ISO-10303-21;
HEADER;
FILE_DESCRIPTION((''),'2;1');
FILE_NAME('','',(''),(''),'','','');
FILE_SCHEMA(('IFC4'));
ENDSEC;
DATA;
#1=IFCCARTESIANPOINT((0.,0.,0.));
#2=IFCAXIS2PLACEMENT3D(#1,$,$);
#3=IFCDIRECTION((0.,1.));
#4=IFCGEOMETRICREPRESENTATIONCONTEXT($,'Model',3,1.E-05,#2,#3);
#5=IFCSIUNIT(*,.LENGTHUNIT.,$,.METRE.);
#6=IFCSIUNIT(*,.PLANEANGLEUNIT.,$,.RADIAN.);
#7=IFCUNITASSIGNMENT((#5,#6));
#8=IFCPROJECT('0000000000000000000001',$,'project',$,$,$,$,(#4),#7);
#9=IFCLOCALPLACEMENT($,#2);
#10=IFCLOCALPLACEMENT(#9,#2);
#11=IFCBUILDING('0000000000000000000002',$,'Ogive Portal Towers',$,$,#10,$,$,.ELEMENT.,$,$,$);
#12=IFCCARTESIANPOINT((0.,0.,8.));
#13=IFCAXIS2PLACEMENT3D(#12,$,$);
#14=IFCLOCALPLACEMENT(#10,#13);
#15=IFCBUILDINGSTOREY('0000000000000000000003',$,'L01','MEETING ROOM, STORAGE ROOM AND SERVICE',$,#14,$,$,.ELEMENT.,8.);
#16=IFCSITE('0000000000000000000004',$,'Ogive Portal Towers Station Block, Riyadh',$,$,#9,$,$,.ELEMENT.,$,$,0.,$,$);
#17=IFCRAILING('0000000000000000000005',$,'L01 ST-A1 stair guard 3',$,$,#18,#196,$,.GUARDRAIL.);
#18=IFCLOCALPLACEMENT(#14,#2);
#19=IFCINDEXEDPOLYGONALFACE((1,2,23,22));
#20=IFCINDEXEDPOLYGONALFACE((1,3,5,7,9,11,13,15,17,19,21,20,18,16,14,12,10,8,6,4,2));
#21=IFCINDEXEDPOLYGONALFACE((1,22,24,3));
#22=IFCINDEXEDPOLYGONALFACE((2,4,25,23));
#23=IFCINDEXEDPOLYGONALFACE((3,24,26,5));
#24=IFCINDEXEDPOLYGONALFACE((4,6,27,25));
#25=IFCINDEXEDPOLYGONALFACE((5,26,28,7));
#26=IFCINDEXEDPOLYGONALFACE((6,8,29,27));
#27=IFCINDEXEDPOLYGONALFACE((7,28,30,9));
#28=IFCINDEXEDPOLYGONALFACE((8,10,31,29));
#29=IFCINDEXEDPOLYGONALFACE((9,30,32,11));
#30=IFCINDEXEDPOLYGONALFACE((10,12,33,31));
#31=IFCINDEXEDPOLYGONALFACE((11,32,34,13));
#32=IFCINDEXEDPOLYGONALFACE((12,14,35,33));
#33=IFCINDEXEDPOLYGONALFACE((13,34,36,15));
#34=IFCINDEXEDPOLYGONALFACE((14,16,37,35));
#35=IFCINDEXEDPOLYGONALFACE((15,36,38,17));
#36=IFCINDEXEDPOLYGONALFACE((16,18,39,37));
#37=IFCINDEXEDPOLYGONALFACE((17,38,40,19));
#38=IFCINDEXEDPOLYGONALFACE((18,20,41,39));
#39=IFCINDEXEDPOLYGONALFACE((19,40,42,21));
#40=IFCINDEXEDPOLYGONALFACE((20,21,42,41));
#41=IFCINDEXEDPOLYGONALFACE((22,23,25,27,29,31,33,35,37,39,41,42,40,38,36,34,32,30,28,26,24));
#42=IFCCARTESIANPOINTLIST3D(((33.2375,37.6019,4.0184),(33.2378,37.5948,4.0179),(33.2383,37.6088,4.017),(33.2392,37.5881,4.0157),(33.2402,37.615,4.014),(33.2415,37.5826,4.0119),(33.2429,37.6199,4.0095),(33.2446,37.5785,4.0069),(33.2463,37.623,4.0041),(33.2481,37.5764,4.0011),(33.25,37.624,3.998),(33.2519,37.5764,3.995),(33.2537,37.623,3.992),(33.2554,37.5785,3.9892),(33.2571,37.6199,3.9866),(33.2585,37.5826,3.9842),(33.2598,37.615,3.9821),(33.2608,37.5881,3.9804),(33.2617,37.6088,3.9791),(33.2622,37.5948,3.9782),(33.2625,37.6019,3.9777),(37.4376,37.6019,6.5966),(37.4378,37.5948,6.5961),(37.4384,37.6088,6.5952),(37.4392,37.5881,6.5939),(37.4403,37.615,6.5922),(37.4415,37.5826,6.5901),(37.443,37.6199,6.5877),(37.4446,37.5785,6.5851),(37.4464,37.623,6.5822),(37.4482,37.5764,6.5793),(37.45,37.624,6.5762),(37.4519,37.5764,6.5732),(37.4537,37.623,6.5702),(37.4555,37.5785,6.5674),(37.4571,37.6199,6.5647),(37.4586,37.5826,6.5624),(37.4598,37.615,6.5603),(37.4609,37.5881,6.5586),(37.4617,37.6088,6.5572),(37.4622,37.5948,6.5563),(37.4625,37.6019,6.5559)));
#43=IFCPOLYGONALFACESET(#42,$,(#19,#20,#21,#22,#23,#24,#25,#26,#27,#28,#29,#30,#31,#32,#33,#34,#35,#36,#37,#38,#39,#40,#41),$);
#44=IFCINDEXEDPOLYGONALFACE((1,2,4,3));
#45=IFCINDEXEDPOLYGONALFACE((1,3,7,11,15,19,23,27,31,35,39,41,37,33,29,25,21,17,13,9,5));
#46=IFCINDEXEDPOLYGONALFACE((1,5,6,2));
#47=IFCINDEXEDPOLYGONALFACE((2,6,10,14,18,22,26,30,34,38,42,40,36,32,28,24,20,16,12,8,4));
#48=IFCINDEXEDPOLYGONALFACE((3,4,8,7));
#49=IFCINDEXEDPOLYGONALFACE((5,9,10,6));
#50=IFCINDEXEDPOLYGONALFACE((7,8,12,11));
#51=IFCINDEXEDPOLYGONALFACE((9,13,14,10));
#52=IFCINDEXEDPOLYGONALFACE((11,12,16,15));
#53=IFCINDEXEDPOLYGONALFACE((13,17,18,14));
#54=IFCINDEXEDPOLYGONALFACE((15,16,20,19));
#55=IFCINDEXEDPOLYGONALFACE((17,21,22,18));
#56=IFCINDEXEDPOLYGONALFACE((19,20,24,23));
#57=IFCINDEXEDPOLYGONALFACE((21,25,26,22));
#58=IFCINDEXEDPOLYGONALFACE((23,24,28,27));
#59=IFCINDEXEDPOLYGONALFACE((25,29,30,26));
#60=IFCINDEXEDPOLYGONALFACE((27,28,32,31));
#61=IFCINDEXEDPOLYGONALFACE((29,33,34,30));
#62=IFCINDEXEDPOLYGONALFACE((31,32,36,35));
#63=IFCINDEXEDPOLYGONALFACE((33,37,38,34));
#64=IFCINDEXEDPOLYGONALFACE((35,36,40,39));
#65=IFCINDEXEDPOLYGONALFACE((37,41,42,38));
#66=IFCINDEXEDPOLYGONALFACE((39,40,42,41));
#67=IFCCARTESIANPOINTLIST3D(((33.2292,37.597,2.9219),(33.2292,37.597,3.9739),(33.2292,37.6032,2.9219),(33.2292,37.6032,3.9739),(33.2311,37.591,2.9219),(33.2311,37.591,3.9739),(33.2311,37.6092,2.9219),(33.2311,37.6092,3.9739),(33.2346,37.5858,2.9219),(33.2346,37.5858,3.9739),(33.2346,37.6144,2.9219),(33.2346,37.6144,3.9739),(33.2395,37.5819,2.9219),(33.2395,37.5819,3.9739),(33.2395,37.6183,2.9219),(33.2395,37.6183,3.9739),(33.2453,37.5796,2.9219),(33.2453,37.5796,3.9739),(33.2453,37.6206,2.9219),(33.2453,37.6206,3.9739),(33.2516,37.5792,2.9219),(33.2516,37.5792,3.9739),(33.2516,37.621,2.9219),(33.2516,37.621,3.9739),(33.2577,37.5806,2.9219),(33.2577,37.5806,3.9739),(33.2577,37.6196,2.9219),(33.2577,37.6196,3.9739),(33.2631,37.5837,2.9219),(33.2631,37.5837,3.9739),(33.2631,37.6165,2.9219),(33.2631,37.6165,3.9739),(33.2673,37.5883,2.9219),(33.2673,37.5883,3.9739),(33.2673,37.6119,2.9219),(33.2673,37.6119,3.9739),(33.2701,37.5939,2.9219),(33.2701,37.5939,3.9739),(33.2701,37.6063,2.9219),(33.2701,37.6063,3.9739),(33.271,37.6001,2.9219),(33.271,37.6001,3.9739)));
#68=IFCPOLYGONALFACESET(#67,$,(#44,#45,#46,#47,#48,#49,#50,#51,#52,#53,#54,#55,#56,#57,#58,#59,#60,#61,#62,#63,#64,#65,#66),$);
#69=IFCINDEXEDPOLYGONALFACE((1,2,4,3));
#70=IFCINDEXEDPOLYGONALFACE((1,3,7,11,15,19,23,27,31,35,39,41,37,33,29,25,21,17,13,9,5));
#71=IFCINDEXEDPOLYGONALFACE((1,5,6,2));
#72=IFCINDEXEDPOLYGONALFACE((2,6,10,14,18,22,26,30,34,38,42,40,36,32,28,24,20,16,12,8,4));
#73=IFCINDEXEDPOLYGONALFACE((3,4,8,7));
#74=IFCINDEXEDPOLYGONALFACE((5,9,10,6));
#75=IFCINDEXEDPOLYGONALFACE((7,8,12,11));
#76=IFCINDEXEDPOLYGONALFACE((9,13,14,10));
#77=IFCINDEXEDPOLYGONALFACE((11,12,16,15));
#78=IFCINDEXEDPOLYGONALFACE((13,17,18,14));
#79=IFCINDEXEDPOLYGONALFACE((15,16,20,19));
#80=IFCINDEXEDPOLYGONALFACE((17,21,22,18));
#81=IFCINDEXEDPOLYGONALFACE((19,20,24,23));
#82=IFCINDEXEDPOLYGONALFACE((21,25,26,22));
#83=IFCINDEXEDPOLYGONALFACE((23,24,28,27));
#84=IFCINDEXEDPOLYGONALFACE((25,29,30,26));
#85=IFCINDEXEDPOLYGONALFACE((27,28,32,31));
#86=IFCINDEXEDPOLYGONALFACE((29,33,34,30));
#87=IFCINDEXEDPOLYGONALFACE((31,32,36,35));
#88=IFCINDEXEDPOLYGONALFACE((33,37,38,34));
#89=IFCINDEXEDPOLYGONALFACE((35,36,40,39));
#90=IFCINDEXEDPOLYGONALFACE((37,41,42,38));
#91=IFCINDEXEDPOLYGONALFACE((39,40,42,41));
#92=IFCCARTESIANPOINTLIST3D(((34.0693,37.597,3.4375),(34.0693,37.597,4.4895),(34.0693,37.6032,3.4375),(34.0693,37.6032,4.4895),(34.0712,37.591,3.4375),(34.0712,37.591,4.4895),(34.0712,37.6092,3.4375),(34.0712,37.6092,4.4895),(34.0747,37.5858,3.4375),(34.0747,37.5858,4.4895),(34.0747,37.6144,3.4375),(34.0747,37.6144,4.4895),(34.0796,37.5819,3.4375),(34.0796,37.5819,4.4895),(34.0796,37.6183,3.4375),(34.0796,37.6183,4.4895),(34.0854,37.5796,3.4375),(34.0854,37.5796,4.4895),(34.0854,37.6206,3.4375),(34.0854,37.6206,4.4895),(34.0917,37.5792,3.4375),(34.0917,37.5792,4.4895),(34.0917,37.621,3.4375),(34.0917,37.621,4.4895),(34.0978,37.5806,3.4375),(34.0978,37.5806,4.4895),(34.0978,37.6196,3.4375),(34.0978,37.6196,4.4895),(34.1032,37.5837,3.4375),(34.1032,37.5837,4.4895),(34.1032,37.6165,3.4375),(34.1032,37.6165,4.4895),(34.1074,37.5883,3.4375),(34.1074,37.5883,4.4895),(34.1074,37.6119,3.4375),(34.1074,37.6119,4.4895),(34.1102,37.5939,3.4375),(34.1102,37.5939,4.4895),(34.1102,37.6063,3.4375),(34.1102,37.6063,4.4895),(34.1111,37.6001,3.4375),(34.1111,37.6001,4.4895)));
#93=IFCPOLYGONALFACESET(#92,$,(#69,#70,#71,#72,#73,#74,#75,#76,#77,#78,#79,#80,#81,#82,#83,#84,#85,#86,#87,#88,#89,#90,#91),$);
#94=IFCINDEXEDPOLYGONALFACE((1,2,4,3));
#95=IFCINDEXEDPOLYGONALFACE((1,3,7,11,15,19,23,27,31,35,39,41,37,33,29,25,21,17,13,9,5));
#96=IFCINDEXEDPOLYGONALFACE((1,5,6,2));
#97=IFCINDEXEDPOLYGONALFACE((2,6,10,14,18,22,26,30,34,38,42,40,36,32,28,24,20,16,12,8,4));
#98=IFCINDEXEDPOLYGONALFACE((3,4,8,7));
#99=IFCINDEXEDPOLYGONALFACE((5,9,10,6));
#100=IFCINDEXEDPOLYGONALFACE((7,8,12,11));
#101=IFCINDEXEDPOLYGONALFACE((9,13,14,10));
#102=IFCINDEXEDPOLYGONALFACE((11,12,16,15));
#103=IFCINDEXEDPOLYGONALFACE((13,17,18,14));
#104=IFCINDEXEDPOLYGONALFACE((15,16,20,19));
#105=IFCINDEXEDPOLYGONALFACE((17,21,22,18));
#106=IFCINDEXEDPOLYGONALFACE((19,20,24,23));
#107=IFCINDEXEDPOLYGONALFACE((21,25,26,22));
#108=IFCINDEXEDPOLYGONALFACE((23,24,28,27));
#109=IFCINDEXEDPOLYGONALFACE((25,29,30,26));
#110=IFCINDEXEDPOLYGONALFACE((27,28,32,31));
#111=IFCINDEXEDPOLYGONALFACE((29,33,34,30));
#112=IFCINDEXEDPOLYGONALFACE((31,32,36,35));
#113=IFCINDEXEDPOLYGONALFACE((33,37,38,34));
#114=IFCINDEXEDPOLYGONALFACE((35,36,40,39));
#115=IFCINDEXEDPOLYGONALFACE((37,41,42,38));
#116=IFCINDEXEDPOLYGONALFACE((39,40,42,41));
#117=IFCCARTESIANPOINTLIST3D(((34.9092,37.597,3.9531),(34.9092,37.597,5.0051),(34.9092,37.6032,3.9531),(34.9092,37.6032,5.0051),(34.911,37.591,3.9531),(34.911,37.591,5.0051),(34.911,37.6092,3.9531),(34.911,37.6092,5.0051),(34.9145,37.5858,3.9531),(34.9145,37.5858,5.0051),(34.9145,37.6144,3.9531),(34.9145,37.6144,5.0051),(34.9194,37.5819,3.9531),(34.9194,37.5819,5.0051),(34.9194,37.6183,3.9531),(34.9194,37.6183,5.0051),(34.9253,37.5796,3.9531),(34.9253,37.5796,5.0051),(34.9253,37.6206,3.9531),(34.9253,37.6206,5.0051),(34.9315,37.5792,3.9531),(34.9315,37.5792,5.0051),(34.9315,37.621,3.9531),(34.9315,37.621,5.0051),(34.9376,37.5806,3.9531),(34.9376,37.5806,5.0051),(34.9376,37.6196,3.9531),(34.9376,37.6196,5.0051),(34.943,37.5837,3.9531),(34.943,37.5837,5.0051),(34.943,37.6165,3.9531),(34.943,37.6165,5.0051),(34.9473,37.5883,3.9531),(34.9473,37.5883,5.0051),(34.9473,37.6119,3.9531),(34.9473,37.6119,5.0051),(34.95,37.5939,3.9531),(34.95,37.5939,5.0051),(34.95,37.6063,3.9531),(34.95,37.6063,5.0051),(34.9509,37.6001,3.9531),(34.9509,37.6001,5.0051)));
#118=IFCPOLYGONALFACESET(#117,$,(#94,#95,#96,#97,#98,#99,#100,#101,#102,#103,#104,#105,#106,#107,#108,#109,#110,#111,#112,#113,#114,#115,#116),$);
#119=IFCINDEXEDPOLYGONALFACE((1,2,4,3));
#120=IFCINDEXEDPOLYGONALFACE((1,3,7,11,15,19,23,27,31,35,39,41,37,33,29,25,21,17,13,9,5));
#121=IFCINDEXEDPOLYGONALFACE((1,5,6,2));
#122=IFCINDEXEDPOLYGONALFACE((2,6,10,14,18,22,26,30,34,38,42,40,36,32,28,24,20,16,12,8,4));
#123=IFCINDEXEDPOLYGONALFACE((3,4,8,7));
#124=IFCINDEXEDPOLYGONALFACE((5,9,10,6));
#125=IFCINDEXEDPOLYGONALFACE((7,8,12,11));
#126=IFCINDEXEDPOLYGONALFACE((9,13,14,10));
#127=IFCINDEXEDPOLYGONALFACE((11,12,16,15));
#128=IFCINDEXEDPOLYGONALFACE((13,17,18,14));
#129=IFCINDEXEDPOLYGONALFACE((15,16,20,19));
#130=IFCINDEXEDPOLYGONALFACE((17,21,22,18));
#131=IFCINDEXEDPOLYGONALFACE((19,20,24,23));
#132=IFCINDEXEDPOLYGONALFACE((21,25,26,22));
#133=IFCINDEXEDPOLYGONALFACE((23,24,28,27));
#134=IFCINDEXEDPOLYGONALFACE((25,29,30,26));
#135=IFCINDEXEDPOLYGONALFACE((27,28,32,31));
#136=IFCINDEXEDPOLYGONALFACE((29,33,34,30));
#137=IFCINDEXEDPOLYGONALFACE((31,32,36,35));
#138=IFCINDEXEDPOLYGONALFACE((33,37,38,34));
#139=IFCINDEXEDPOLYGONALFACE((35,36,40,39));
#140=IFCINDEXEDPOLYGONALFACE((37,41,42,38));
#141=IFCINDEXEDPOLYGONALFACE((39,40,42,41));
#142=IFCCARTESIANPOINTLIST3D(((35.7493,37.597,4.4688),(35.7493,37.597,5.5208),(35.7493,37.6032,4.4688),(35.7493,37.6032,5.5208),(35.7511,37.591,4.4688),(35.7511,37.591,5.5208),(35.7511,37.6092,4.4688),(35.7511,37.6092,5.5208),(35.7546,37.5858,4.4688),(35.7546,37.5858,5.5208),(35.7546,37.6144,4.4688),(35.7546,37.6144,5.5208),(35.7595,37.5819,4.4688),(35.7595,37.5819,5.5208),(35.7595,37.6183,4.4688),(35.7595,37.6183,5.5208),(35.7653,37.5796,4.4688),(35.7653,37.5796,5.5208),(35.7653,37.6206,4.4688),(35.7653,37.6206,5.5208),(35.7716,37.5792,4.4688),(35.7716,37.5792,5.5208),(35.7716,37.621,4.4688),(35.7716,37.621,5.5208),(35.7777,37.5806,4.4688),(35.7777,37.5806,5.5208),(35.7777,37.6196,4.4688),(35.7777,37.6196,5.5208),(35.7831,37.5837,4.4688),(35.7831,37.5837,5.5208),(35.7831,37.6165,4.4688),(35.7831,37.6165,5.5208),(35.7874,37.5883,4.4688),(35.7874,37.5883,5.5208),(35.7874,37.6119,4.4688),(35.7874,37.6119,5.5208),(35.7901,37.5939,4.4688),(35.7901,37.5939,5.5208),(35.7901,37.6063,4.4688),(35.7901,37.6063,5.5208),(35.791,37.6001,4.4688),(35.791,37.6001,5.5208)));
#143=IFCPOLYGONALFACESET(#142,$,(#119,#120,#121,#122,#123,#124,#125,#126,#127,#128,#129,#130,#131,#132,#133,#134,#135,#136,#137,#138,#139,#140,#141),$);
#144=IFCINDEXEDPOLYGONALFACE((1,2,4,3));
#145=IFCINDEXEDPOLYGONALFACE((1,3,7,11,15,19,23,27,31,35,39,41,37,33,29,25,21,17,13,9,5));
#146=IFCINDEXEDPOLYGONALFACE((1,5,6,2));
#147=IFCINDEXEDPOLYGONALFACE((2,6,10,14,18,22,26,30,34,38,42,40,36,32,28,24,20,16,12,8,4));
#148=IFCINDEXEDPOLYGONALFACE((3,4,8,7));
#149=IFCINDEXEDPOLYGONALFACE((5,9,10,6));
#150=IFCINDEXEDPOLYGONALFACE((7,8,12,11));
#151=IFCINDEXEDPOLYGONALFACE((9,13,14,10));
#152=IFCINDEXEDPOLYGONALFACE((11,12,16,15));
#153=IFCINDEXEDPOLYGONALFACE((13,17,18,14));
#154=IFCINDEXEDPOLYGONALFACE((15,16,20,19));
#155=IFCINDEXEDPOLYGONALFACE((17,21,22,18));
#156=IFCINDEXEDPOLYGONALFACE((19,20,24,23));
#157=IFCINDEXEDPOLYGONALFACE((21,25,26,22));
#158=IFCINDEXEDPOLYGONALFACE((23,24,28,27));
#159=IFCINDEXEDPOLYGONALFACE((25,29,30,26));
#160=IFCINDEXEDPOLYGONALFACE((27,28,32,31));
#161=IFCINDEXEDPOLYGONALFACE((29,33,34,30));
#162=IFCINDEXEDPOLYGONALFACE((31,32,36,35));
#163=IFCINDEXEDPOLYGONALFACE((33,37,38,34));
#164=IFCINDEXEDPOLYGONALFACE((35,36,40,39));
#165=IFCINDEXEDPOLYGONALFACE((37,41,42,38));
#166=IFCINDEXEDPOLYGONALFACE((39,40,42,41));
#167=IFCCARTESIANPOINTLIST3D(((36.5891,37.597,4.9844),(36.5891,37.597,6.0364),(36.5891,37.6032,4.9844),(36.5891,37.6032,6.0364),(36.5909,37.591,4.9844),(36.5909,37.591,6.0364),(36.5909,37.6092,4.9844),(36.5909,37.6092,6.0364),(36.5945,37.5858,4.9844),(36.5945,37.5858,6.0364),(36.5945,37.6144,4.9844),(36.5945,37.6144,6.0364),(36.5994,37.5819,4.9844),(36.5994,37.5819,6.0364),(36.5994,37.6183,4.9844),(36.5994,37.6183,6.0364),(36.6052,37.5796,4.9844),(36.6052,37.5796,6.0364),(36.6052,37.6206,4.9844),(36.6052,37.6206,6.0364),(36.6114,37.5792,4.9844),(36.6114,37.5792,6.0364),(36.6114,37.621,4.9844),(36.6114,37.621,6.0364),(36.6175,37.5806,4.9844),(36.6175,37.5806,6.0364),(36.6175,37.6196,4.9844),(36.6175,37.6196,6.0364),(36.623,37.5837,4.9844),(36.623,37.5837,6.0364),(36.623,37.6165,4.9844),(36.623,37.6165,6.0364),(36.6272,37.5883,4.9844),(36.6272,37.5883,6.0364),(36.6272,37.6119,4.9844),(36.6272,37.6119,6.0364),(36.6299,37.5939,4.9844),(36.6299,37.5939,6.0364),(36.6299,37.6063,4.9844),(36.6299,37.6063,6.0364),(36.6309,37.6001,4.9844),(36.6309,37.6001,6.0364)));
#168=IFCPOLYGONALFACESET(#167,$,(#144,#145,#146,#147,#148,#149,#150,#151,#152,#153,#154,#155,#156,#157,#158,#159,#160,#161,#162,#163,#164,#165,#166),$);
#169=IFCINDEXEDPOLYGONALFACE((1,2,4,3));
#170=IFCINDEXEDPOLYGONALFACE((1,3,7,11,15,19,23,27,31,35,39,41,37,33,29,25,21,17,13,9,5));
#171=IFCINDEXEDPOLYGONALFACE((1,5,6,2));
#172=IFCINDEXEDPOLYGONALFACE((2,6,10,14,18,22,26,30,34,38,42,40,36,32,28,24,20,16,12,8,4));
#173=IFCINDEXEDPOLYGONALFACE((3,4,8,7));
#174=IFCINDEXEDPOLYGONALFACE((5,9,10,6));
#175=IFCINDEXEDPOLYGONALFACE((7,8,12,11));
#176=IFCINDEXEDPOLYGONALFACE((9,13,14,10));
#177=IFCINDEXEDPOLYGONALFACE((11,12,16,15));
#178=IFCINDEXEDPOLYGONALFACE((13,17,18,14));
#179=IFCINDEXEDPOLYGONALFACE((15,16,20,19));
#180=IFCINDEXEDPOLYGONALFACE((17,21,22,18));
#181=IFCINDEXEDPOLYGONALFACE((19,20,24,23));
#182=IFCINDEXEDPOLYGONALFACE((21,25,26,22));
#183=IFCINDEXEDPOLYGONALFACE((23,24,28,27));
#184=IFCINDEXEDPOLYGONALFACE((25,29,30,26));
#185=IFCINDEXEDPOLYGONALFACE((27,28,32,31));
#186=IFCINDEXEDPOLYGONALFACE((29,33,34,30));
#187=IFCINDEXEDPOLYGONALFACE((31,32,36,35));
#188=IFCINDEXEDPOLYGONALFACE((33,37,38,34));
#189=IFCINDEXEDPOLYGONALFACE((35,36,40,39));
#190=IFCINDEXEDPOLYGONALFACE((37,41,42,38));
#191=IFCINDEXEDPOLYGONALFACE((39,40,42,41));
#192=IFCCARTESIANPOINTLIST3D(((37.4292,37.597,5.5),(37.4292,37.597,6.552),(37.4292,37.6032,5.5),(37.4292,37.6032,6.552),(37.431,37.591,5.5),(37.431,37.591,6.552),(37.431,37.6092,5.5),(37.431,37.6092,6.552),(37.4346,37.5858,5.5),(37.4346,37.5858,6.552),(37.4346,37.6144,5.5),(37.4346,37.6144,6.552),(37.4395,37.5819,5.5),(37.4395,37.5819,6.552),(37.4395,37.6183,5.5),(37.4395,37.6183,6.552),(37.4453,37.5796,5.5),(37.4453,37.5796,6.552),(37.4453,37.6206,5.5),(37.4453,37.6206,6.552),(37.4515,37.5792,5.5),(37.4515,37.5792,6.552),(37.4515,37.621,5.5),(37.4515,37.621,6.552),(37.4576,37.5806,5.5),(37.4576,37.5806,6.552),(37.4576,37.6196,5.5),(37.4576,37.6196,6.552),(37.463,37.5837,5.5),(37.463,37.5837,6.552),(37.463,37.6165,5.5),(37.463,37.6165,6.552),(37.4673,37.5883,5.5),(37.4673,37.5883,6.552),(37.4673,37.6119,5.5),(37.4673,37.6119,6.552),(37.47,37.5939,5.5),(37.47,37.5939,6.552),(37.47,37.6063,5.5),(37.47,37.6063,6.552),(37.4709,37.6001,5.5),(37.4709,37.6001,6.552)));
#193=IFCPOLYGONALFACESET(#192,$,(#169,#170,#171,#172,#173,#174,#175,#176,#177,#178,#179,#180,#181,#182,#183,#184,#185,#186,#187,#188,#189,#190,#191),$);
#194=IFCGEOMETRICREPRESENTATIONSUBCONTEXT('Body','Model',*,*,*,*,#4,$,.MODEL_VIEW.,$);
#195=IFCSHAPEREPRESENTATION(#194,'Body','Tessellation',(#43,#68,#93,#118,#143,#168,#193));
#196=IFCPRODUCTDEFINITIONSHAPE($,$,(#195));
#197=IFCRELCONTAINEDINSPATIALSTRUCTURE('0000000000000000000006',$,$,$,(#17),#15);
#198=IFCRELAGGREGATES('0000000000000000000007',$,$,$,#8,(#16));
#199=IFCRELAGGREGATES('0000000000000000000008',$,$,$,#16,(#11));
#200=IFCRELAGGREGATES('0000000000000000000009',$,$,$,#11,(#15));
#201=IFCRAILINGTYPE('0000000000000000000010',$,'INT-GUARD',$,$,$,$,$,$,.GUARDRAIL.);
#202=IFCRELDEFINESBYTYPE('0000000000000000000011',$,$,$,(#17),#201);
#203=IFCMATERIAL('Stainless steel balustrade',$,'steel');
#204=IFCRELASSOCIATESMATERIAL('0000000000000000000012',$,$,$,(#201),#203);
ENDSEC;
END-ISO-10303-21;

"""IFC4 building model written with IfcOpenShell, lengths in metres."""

from ifc_helpers import new_model, si_unit, direction, frame, origin, origin_2d, place, context, subcontext, project, spatial, circle, extrude, material, type_object, element, save


model = new_model("IFC4")

# Units and contexts
model_context = context("Model", 3, precision=1e-05, world=origin(), true_north=direction((0.0, 1.0)))
body_context = subcontext(model_context, "Body", "Model", "MODEL_VIEW")
ifc_project = project(units=[si_unit("LENGTHUNIT", "METRE"), si_unit("PLANEANGLEUNIT", "RADIAN")], contexts=[model_context])

# Site, building, storey
site_placement = place(None, origin())
site = spatial("IfcSite", under=ifc_project, at=site_placement, Name="Ogive Portal Towers Station Block, Riyadh", CompositionType="ELEMENT", RefElevation=0.0)
building_placement = place(site_placement, origin())
building = spatial("IfcBuilding", under=site, at=building_placement, Name="Ogive Portal Towers", CompositionType="ELEMENT")
storey_placement = place(building_placement, frame((0.0, 0.0, 8.0)))
storey = spatial("IfcBuildingStorey", under=building, at=storey_placement, Name="L01", Description="MEETING ROOM, STORAGE ROOM AND SERVICE", CompositionType="ELEMENT", Elevation=8.0)

# Railing
ifc_material_1 = material(Name="Stainless steel balustrade", Category="steel")
railing_type_1 = type_object("IfcRailingType", Name="INT-GUARD", PredefinedType="GUARDRAIL", material=ifc_material_1)
railing_1_placement = place(storey_placement, frame((33.25, 37.6001, 2.9219)))
element("IfcRailing", 1, at=railing_1_placement, inside=storey, type_object=railing_type_1, Name="L01 ST-A1 stair guard 3", PredefinedType="GUARDRAIL", context=body_context, shape_type="SweptSolid", body=[
    extrude(circle(Radius=0.0239, at=origin_2d()), frame((0.0, 0.0, 1.0762), z_axis=(0.852243, 0.0, 0.523146), x_axis=(0.0, 1.0, 0.0)), (0.0, 0.0, 1.0), 4.9282),
    extrude(circle(Radius=0.021, at=origin_2d()), origin(), (0.0, 0.0, 1.0), 1.052),
    extrude(circle(Radius=0.021, at=origin_2d()), frame((0.8401, 0.0, 0.5156)), (0.0, 0.0, 1.0), 1.052),
    extrude(circle(Radius=0.021, at=origin_2d()), frame((1.6799, 0.0, 1.0312)), (0.0, 0.0, 1.0), 1.052),
    extrude(circle(Radius=0.021, at=origin_2d()), frame((2.52, 0.0, 1.5469)), (0.0, 0.0, 1.0), 1.052),
    extrude(circle(Radius=0.021, at=origin_2d()), frame((3.3599, 0.0, 2.0625)), (0.0, 0.0, 1.0), 1.052),
    extrude(circle(Radius=0.021, at=origin_2d()), frame((4.2, 0.0, 2.5781)), (0.0, 0.0, 1.0), 1.052),
])

save(model, "model.ifc")
